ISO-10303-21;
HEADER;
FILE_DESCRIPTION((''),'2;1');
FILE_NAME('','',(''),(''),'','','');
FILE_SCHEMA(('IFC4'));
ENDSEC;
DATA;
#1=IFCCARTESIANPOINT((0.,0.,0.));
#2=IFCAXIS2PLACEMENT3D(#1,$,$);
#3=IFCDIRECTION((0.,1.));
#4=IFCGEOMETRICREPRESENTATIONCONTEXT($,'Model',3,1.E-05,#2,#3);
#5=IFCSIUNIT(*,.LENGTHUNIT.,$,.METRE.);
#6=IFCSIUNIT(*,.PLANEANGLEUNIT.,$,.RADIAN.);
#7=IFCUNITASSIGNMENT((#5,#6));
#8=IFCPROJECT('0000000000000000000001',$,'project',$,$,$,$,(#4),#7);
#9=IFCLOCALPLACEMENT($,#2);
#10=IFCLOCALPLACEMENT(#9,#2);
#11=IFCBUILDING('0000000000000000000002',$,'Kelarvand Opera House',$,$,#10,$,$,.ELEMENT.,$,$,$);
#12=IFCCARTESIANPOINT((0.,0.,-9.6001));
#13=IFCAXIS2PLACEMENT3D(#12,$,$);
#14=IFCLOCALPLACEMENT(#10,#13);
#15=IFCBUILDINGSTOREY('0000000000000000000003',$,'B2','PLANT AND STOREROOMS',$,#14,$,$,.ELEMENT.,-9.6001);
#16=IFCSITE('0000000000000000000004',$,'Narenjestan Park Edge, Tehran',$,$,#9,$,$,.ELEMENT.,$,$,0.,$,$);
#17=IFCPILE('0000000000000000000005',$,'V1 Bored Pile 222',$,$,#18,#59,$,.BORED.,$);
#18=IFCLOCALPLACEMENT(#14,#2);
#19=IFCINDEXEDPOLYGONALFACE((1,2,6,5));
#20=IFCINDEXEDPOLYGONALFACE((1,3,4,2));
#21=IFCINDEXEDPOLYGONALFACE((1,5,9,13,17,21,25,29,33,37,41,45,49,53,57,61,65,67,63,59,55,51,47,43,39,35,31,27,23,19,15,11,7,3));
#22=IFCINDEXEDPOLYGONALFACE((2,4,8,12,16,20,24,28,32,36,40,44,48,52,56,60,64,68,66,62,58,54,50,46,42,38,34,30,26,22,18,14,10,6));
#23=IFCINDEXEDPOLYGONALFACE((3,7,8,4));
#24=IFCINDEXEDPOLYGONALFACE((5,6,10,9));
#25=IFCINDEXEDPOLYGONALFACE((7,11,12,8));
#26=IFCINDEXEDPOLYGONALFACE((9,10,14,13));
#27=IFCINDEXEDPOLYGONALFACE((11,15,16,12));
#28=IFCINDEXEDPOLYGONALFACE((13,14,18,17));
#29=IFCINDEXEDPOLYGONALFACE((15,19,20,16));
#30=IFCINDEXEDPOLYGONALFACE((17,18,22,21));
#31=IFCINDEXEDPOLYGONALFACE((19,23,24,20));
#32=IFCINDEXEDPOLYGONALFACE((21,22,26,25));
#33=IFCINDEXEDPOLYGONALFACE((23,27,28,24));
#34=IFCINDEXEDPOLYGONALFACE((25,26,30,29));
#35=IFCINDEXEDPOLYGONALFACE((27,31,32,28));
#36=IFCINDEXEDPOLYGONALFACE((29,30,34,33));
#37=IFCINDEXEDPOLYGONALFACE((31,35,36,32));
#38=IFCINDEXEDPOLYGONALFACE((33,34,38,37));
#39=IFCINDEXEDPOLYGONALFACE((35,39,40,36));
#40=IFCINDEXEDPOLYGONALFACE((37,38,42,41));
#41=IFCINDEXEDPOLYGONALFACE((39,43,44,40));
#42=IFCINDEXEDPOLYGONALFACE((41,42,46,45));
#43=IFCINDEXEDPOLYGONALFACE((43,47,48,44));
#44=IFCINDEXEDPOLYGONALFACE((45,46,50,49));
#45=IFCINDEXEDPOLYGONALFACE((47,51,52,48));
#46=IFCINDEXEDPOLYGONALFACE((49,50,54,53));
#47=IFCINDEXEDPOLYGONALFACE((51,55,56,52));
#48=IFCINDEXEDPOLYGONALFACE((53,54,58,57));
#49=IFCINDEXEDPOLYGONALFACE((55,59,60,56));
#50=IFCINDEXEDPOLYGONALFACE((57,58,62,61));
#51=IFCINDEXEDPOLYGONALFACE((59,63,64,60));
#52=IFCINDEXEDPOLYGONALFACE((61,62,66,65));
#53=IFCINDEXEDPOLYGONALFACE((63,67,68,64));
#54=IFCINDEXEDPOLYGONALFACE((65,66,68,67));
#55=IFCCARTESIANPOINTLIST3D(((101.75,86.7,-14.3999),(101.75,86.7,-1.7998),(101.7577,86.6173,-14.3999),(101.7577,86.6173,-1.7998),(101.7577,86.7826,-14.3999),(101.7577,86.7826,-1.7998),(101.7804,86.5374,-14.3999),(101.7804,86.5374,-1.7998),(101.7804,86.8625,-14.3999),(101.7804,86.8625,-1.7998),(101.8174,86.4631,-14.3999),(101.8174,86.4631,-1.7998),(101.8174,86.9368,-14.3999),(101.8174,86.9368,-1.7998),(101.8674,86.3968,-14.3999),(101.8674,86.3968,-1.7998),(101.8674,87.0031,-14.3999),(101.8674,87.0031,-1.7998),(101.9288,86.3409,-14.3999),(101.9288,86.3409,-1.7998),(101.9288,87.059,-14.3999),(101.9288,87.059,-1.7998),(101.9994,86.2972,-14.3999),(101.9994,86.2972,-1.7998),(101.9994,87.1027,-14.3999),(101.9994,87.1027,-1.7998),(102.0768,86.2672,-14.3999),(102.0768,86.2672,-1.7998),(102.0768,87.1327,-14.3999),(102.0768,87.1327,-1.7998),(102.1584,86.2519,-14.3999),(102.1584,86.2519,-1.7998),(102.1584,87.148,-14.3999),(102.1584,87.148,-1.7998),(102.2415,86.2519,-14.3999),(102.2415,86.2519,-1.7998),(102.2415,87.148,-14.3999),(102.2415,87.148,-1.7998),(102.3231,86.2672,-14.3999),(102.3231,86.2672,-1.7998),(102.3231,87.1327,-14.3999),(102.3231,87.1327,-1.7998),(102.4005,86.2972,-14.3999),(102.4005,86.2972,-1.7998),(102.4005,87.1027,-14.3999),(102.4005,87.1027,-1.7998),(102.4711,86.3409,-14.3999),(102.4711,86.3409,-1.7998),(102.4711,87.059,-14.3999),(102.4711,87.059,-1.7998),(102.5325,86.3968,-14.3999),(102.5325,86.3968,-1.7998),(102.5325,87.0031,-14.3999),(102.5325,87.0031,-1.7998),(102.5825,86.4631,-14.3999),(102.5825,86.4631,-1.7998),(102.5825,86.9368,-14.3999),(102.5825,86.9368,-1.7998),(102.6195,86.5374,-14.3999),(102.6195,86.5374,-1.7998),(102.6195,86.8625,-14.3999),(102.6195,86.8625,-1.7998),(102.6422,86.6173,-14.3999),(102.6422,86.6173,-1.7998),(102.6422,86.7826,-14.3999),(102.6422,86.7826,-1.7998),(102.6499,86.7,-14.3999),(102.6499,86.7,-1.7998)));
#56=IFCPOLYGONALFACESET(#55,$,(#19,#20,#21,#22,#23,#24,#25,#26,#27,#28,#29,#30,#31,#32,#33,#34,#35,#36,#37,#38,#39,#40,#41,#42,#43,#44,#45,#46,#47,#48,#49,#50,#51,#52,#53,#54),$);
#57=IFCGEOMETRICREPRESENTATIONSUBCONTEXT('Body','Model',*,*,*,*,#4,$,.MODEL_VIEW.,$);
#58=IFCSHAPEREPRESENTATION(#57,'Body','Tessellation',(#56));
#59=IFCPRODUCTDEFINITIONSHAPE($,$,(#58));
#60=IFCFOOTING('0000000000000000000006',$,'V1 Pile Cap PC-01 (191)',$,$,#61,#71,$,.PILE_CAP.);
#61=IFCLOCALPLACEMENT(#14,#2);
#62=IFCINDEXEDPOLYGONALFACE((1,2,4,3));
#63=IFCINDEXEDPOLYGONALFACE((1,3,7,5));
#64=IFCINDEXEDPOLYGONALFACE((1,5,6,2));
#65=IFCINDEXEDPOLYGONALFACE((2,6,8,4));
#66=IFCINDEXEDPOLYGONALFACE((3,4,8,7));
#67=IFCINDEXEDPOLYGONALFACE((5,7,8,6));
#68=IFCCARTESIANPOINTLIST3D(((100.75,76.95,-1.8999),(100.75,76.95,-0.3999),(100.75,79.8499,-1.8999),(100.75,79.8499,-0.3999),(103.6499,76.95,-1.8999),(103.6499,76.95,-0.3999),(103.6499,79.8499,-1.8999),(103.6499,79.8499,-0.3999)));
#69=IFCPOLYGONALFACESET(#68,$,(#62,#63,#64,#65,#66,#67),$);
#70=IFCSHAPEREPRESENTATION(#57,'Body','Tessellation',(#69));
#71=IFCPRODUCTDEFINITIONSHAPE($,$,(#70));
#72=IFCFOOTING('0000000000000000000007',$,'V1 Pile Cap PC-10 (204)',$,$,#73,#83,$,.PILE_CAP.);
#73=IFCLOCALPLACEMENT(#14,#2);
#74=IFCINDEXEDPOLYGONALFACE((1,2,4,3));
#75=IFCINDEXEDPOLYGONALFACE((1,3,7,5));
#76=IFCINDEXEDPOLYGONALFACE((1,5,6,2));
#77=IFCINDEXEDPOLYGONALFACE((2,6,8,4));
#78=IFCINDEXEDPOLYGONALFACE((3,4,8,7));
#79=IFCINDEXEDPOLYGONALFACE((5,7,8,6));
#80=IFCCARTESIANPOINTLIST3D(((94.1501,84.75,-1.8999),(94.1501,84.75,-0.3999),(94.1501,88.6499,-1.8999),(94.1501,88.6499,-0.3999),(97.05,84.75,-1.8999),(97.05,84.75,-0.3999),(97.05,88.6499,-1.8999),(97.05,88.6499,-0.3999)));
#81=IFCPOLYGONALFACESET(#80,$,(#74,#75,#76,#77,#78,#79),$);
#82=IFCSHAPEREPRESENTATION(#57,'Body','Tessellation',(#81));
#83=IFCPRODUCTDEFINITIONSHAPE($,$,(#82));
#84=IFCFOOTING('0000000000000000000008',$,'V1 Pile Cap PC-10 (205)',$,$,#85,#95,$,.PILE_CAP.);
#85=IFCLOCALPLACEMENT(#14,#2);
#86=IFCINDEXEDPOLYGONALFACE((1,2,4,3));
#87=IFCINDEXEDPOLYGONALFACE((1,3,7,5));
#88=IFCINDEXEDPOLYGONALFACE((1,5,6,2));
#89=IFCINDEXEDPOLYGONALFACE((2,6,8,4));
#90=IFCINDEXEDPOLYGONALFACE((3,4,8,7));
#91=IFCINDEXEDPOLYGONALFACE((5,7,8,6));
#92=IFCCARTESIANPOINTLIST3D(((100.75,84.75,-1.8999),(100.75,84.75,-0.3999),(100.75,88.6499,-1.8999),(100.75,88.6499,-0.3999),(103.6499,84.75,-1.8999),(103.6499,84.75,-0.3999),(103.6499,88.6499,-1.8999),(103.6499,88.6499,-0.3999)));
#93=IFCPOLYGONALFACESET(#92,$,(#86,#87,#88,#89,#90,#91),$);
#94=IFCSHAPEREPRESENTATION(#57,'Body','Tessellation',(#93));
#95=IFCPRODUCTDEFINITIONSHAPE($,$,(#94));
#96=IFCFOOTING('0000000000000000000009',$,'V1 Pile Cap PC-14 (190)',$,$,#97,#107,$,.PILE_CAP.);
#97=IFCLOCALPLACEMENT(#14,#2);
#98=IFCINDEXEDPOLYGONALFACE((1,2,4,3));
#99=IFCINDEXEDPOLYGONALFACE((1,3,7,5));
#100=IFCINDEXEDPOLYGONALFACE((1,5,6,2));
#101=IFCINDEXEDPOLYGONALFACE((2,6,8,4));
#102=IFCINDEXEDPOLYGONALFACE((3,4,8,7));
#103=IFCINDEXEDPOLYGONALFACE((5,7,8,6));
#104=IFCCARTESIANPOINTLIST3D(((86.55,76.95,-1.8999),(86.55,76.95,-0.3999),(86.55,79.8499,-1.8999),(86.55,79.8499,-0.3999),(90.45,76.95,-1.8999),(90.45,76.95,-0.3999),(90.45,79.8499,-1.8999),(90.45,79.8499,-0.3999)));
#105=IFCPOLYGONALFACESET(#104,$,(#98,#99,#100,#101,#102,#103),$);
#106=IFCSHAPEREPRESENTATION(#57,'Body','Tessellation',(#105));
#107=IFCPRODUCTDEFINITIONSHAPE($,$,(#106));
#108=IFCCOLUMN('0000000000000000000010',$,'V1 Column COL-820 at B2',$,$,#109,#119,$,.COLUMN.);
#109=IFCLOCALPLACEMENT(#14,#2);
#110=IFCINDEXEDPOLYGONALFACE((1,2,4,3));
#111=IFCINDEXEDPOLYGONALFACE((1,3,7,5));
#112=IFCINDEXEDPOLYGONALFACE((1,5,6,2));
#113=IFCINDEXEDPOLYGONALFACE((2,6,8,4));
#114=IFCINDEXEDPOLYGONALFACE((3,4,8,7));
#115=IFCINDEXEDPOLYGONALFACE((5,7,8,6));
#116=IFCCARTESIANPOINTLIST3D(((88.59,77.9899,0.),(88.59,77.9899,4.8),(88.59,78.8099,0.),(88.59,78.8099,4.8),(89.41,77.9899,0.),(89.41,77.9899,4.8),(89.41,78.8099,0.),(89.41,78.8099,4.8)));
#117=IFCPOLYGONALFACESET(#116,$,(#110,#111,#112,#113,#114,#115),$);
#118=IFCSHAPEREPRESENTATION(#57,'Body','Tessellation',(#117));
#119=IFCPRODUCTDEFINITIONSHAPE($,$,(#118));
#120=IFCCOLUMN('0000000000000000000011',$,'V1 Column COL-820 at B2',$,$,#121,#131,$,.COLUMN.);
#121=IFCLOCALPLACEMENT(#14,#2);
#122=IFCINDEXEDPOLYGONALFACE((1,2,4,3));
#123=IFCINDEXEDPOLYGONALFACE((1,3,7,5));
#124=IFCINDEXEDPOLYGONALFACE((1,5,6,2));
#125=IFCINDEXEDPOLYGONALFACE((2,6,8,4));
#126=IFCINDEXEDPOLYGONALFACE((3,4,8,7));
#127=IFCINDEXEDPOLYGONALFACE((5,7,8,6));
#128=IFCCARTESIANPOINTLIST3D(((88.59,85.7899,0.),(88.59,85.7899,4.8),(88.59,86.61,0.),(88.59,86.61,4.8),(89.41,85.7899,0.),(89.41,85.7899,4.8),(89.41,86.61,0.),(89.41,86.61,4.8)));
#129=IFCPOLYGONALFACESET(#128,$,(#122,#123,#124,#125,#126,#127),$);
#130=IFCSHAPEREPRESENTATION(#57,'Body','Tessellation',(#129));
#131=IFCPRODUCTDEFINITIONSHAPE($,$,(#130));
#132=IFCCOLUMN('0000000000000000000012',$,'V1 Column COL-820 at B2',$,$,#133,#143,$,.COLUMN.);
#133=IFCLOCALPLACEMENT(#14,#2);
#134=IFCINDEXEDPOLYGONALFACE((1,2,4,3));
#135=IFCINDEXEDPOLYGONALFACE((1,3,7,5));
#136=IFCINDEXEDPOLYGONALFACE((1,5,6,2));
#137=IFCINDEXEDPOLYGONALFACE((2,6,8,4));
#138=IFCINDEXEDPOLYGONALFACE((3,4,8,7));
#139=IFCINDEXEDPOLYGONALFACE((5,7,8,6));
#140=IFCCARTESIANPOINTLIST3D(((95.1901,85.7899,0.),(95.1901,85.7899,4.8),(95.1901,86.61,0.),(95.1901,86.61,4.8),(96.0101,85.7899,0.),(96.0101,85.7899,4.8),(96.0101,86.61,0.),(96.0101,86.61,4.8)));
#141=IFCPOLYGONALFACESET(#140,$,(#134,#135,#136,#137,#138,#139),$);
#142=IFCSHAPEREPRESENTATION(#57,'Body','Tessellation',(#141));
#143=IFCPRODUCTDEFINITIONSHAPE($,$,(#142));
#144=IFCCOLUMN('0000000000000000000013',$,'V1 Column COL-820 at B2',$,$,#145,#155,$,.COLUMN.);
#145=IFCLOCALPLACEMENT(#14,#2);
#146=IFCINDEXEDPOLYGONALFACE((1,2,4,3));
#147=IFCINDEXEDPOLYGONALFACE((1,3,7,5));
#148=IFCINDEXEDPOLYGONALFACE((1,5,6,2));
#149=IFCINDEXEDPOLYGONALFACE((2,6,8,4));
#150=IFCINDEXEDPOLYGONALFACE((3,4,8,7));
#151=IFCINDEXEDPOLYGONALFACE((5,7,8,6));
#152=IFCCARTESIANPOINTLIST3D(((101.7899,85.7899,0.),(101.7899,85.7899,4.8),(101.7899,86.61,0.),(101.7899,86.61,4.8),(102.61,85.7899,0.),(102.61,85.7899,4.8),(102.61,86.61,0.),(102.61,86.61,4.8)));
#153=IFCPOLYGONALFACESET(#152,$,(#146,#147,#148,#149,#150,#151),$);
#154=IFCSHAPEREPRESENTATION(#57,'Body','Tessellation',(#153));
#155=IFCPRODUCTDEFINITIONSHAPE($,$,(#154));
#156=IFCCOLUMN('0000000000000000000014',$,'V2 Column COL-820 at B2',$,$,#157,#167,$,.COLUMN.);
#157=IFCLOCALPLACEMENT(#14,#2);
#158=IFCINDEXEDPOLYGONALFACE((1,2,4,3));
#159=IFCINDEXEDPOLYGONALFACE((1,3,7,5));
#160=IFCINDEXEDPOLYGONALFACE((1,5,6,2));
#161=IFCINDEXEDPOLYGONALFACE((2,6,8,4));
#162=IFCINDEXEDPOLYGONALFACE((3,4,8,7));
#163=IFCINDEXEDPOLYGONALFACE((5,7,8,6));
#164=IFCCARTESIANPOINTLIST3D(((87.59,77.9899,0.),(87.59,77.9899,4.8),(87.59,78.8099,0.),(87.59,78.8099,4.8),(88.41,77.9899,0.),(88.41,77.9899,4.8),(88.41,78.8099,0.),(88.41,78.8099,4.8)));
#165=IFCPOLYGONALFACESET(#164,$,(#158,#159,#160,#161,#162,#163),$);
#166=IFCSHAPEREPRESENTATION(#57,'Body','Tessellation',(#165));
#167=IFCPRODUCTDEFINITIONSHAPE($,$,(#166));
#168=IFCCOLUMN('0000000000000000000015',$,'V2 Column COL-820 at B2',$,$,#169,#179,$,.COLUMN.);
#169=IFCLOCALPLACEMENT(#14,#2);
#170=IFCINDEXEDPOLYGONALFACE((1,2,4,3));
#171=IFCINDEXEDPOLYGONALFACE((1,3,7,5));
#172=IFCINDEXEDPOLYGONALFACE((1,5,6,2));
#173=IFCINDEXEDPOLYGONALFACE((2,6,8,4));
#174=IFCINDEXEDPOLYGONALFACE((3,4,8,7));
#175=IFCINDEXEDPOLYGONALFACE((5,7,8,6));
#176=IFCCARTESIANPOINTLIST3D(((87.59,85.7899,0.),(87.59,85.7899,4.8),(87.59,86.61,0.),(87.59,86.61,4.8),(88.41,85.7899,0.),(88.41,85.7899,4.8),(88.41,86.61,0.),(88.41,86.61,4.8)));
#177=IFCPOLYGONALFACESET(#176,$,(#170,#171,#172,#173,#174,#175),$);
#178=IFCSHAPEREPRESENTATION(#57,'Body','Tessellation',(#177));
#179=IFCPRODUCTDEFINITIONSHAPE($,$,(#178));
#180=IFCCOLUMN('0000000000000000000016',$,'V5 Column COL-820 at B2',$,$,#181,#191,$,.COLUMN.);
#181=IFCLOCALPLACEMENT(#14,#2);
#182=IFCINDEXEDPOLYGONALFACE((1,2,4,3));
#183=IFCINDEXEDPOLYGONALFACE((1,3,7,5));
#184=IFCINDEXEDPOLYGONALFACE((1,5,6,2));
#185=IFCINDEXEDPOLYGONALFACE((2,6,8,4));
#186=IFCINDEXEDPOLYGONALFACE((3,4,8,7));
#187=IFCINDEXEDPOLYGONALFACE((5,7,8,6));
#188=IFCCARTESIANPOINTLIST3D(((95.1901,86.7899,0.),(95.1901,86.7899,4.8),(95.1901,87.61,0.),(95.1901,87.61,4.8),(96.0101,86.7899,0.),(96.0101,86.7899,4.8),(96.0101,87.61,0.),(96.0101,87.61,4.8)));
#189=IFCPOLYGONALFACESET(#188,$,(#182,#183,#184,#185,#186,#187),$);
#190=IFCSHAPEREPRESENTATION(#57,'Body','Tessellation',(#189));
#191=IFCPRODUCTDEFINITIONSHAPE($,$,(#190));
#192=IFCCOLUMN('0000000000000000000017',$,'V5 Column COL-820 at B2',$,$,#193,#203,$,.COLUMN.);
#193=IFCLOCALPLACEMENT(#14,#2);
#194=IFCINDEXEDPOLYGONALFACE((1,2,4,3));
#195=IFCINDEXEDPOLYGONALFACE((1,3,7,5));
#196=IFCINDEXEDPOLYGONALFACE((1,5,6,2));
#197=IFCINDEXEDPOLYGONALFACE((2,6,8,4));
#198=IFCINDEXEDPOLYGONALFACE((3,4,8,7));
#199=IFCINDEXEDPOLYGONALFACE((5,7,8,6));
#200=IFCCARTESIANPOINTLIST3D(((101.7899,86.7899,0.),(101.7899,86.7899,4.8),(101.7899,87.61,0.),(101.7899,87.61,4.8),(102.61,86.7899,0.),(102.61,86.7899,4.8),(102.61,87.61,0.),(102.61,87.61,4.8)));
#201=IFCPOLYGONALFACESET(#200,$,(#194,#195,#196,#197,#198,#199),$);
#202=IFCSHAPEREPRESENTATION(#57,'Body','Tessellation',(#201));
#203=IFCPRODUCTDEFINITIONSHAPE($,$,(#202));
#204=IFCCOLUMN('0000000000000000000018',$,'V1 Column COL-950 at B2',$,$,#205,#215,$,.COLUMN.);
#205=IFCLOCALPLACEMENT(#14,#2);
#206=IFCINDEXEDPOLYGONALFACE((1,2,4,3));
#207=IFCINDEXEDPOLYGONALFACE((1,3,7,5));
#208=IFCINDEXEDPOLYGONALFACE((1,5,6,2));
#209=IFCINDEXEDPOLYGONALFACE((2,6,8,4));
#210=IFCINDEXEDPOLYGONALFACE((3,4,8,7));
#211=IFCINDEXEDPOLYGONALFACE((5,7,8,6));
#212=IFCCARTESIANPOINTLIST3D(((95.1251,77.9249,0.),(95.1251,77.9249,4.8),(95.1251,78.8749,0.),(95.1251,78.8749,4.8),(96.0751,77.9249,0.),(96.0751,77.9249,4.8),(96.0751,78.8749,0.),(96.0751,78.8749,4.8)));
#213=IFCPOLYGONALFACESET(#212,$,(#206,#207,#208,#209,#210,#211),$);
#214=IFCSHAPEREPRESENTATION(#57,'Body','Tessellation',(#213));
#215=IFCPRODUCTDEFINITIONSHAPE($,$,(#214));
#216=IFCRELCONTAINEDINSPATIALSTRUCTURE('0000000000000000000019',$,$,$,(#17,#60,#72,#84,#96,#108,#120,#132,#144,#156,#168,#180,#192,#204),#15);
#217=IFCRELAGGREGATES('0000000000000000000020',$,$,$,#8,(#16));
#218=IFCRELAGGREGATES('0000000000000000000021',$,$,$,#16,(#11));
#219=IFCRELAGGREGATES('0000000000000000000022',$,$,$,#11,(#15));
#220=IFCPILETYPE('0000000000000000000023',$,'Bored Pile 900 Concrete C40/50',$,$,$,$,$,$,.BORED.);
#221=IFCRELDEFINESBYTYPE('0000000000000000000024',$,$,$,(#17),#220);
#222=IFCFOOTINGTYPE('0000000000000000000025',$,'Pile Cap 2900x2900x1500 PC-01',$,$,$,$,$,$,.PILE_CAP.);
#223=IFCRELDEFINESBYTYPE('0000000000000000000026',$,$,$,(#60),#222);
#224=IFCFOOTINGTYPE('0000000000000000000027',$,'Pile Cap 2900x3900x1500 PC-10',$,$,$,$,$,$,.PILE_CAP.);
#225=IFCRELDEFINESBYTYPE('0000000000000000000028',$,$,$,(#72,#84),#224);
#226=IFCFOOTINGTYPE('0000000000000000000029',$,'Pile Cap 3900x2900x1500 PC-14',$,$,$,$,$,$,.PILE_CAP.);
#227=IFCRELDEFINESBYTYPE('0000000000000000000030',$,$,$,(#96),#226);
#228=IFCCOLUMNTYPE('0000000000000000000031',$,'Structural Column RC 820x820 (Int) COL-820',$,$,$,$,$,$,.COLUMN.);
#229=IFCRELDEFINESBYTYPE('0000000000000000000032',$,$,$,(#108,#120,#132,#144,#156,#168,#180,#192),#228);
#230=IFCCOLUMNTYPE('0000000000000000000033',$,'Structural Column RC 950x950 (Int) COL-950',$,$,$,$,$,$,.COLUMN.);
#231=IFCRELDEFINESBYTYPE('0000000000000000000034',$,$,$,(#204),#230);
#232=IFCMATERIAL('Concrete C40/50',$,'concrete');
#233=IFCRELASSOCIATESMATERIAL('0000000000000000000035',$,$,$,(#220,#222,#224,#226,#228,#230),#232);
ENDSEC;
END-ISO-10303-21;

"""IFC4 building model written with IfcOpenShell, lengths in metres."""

from ifc_helpers import new_model, si_unit, direction, frame, origin, origin_2d, place, context, subcontext, project, spatial, rectangle, circle, extrude, material, material_profile, profile_set, type_object, element, save


model = new_model("IFC4")

# Units and contexts
model_context = context("Model", 3, precision=1e-05, world=origin(), true_north=direction((0.0, 1.0)))
body_context = subcontext(model_context, "Body", "Model", "MODEL_VIEW")
ifc_project = project(units=[si_unit("LENGTHUNIT", "METRE"), si_unit("PLANEANGLEUNIT", "RADIAN")], contexts=[model_context])

# Site, building, storey
site_placement = place(None, origin())
site = spatial("IfcSite", under=ifc_project, at=site_placement, Name="Narenjestan Park Edge, Tehran", CompositionType="ELEMENT", RefElevation=0.0)
building_placement = place(site_placement, origin())
building = spatial("IfcBuilding", under=site, at=building_placement, Name="Kelarvand Opera House", CompositionType="ELEMENT")
storey_placement = place(building_placement, frame((0.0, 0.0, -9.6001)))
storey = spatial("IfcBuildingStorey", under=building, at=storey_placement, Name="B2", Description="PLANT AND STOREROOMS", CompositionType="ELEMENT", Elevation=-9.6001)

# Pile
ifc_material_1 = material(Name="Concrete C40/50", Category="concrete")
ifc_material_profile_1 = material_profile(ifc_material_1, circle(Radius=0.45, at=origin_2d()), Name="BP 900", Category="concrete")
ifc_profile_set_1 = profile_set([ifc_material_profile_1], Name="Concrete C40/50")
pile_type_1 = type_object("IfcPileType", Name="Bored Pile 900 Concrete C40/50", PredefinedType="BORED", material=ifc_profile_set_1)
for number, where, z_axis, x_axis, name in (
    (1, (102.2, 86.7, -1.7998), (0.0, 0.0, -1.0), (1.0, 0.0, 0.0), "V1 Bored Pile 222"),
):
    element("IfcPile", number, at=place(storey_placement, frame(where, z_axis=z_axis, x_axis=x_axis)), inside=storey, type_object=pile_type_1, Name=name, PredefinedType="BORED", context=body_context, shape_type="SweptSolid", body=[
        extrude(circle(Radius=0.45, at=origin_2d()), origin(), (0.0, 0.0, 1.0), 12.6001),
    ])

# Footings
footing_type_1 = type_object("IfcFootingType", Name="Pile Cap 2900x2900x1500 PC-01", PredefinedType="PILE_CAP", material=ifc_material_1)
footing_1_placement = place(storey_placement, frame((102.2, 78.3999, -1.8999), z_axis=(0.0, 0.0, 1.0), x_axis=(1.0, 0.0, 0.0)))
element("IfcFooting", 2, at=footing_1_placement, inside=storey, type_object=footing_type_1, Name="V1 Pile Cap PC-01 (191)", PredefinedType="PILE_CAP", context=body_context, shape_type="SweptSolid", body=[
    extrude(rectangle(XDim=2.8999, YDim=2.8999, at=origin_2d()), origin(), (0.0, 0.0, 1.0), 1.5),
])
footing_type_2 = type_object("IfcFootingType", Name="Pile Cap 2900x3900x1500 PC-10", PredefinedType="PILE_CAP", material=ifc_material_1)
for number, where, z_axis, x_axis, name in (
    (3, (95.6001, 86.7, -1.8999), (0.0, 0.0, 1.0), (1.0, 0.0, 0.0), "V1 Pile Cap PC-10 (204)"),
    (4, (102.2, 86.7, -1.8999), (0.0, 0.0, 1.0), (1.0, 0.0, 0.0), "V1 Pile Cap PC-10 (205)"),
):
    element("IfcFooting", number, at=place(storey_placement, frame(where, z_axis=z_axis, x_axis=x_axis)), inside=storey, type_object=footing_type_2, Name=name, PredefinedType="PILE_CAP", context=body_context, shape_type="SweptSolid", body=[
        extrude(rectangle(XDim=2.8999, YDim=3.8999, at=origin_2d()), origin(), (0.0, 0.0, 1.0), 1.5),
    ])
footing_type_3 = type_object("IfcFootingType", Name="Pile Cap 3900x2900x1500 PC-14", PredefinedType="PILE_CAP", material=ifc_material_1)
footing_2_placement = place(storey_placement, frame((88.5, 78.3999, -1.8999), z_axis=(0.0, 0.0, 1.0), x_axis=(1.0, 0.0, 0.0)))
element("IfcFooting", 5, at=footing_2_placement, inside=storey, type_object=footing_type_3, Name="V1 Pile Cap PC-14 (190)", PredefinedType="PILE_CAP", context=body_context, shape_type="SweptSolid", body=[
    extrude(rectangle(XDim=3.8999, YDim=2.8999, at=origin_2d()), origin(), (0.0, 0.0, 1.0), 1.5),
])

# Columns
ifc_material_profile_2 = material_profile(ifc_material_1, rectangle(XDim=0.8201, YDim=0.8201, at=origin_2d()), Name="RC 820x820", Category="concrete")
ifc_profile_set_2 = profile_set([ifc_material_profile_2], Name="Concrete C40/50")
column_type_1 = type_object("IfcColumnType", Name="Structural Column RC 820x820 (Int) COL-820", PredefinedType="COLUMN", material=ifc_profile_set_2)
for number, where, z_axis, x_axis, name in (
    (6, (89.0, 78.3999, 0.0), (0.0, 0.0, 1.0), (1.0, 0.0, 0.0), "V1 Column COL-820 at B2"),
    (7, (89.0, 86.2, 0.0), (0.0, 0.0, 1.0), (1.0, 0.0, 0.0), "V1 Column COL-820 at B2"),
    (8, (95.6001, 86.2, 0.0), (0.0, 0.0, 1.0), (1.0, 0.0, 0.0), "V1 Column COL-820 at B2"),
    (9, (102.2, 86.2, 0.0), (0.0, 0.0, 1.0), (1.0, 0.0, 0.0), "V1 Column COL-820 at B2"),
    (10, (88.0, 78.3999, 0.0), (0.0, 0.0, 1.0), (1.0, 0.0, 0.0), "V2 Column COL-820 at B2"),
    (11, (88.0, 86.2, 0.0), (0.0, 0.0, 1.0), (1.0, 0.0, 0.0), "V2 Column COL-820 at B2"),
    (12, (95.6001, 87.2, 0.0), (0.0, 0.0, 1.0), (1.0, 0.0, 0.0), "V5 Column COL-820 at B2"),
    (13, (102.2, 87.2, 0.0), (0.0, 0.0, 1.0), (1.0, 0.0, 0.0), "V5 Column COL-820 at B2"),
):
    element("IfcColumn", number, at=place(storey_placement, frame(where, z_axis=z_axis, x_axis=x_axis)), inside=storey, type_object=column_type_1, Name=name, PredefinedType="COLUMN", context=body_context, shape_type="SweptSolid", body=[
        extrude(rectangle(XDim=0.8201, YDim=0.8201, at=origin_2d()), origin(), (0.0, 0.0, 1.0), 4.8),
    ])
ifc_material_profile_3 = material_profile(ifc_material_1, rectangle(XDim=0.95, YDim=0.95, at=origin_2d()), Name="RC 950x950", Category="concrete")
ifc_profile_set_3 = profile_set([ifc_material_profile_3], Name="Concrete C40/50")
column_type_2 = type_object("IfcColumnType", Name="Structural Column RC 950x950 (Int) COL-950", PredefinedType="COLUMN", material=ifc_profile_set_3)
for number, where, z_axis, x_axis, name in (
    (14, (95.6001, 78.3999, 0.0), (0.0, 0.0, 1.0), (1.0, 0.0, 0.0), "V1 Column COL-950 at B2"),
):
    element("IfcColumn", number, at=place(storey_placement, frame(where, z_axis=z_axis, x_axis=x_axis)), inside=storey, type_object=column_type_2, Name=name, PredefinedType="COLUMN", context=body_context, shape_type="SweptSolid", body=[
        extrude(rectangle(XDim=0.95, YDim=0.95, at=origin_2d()), origin(), (0.0, 0.0, 1.0), 4.8),
    ])

save(model, "model.ifc")
